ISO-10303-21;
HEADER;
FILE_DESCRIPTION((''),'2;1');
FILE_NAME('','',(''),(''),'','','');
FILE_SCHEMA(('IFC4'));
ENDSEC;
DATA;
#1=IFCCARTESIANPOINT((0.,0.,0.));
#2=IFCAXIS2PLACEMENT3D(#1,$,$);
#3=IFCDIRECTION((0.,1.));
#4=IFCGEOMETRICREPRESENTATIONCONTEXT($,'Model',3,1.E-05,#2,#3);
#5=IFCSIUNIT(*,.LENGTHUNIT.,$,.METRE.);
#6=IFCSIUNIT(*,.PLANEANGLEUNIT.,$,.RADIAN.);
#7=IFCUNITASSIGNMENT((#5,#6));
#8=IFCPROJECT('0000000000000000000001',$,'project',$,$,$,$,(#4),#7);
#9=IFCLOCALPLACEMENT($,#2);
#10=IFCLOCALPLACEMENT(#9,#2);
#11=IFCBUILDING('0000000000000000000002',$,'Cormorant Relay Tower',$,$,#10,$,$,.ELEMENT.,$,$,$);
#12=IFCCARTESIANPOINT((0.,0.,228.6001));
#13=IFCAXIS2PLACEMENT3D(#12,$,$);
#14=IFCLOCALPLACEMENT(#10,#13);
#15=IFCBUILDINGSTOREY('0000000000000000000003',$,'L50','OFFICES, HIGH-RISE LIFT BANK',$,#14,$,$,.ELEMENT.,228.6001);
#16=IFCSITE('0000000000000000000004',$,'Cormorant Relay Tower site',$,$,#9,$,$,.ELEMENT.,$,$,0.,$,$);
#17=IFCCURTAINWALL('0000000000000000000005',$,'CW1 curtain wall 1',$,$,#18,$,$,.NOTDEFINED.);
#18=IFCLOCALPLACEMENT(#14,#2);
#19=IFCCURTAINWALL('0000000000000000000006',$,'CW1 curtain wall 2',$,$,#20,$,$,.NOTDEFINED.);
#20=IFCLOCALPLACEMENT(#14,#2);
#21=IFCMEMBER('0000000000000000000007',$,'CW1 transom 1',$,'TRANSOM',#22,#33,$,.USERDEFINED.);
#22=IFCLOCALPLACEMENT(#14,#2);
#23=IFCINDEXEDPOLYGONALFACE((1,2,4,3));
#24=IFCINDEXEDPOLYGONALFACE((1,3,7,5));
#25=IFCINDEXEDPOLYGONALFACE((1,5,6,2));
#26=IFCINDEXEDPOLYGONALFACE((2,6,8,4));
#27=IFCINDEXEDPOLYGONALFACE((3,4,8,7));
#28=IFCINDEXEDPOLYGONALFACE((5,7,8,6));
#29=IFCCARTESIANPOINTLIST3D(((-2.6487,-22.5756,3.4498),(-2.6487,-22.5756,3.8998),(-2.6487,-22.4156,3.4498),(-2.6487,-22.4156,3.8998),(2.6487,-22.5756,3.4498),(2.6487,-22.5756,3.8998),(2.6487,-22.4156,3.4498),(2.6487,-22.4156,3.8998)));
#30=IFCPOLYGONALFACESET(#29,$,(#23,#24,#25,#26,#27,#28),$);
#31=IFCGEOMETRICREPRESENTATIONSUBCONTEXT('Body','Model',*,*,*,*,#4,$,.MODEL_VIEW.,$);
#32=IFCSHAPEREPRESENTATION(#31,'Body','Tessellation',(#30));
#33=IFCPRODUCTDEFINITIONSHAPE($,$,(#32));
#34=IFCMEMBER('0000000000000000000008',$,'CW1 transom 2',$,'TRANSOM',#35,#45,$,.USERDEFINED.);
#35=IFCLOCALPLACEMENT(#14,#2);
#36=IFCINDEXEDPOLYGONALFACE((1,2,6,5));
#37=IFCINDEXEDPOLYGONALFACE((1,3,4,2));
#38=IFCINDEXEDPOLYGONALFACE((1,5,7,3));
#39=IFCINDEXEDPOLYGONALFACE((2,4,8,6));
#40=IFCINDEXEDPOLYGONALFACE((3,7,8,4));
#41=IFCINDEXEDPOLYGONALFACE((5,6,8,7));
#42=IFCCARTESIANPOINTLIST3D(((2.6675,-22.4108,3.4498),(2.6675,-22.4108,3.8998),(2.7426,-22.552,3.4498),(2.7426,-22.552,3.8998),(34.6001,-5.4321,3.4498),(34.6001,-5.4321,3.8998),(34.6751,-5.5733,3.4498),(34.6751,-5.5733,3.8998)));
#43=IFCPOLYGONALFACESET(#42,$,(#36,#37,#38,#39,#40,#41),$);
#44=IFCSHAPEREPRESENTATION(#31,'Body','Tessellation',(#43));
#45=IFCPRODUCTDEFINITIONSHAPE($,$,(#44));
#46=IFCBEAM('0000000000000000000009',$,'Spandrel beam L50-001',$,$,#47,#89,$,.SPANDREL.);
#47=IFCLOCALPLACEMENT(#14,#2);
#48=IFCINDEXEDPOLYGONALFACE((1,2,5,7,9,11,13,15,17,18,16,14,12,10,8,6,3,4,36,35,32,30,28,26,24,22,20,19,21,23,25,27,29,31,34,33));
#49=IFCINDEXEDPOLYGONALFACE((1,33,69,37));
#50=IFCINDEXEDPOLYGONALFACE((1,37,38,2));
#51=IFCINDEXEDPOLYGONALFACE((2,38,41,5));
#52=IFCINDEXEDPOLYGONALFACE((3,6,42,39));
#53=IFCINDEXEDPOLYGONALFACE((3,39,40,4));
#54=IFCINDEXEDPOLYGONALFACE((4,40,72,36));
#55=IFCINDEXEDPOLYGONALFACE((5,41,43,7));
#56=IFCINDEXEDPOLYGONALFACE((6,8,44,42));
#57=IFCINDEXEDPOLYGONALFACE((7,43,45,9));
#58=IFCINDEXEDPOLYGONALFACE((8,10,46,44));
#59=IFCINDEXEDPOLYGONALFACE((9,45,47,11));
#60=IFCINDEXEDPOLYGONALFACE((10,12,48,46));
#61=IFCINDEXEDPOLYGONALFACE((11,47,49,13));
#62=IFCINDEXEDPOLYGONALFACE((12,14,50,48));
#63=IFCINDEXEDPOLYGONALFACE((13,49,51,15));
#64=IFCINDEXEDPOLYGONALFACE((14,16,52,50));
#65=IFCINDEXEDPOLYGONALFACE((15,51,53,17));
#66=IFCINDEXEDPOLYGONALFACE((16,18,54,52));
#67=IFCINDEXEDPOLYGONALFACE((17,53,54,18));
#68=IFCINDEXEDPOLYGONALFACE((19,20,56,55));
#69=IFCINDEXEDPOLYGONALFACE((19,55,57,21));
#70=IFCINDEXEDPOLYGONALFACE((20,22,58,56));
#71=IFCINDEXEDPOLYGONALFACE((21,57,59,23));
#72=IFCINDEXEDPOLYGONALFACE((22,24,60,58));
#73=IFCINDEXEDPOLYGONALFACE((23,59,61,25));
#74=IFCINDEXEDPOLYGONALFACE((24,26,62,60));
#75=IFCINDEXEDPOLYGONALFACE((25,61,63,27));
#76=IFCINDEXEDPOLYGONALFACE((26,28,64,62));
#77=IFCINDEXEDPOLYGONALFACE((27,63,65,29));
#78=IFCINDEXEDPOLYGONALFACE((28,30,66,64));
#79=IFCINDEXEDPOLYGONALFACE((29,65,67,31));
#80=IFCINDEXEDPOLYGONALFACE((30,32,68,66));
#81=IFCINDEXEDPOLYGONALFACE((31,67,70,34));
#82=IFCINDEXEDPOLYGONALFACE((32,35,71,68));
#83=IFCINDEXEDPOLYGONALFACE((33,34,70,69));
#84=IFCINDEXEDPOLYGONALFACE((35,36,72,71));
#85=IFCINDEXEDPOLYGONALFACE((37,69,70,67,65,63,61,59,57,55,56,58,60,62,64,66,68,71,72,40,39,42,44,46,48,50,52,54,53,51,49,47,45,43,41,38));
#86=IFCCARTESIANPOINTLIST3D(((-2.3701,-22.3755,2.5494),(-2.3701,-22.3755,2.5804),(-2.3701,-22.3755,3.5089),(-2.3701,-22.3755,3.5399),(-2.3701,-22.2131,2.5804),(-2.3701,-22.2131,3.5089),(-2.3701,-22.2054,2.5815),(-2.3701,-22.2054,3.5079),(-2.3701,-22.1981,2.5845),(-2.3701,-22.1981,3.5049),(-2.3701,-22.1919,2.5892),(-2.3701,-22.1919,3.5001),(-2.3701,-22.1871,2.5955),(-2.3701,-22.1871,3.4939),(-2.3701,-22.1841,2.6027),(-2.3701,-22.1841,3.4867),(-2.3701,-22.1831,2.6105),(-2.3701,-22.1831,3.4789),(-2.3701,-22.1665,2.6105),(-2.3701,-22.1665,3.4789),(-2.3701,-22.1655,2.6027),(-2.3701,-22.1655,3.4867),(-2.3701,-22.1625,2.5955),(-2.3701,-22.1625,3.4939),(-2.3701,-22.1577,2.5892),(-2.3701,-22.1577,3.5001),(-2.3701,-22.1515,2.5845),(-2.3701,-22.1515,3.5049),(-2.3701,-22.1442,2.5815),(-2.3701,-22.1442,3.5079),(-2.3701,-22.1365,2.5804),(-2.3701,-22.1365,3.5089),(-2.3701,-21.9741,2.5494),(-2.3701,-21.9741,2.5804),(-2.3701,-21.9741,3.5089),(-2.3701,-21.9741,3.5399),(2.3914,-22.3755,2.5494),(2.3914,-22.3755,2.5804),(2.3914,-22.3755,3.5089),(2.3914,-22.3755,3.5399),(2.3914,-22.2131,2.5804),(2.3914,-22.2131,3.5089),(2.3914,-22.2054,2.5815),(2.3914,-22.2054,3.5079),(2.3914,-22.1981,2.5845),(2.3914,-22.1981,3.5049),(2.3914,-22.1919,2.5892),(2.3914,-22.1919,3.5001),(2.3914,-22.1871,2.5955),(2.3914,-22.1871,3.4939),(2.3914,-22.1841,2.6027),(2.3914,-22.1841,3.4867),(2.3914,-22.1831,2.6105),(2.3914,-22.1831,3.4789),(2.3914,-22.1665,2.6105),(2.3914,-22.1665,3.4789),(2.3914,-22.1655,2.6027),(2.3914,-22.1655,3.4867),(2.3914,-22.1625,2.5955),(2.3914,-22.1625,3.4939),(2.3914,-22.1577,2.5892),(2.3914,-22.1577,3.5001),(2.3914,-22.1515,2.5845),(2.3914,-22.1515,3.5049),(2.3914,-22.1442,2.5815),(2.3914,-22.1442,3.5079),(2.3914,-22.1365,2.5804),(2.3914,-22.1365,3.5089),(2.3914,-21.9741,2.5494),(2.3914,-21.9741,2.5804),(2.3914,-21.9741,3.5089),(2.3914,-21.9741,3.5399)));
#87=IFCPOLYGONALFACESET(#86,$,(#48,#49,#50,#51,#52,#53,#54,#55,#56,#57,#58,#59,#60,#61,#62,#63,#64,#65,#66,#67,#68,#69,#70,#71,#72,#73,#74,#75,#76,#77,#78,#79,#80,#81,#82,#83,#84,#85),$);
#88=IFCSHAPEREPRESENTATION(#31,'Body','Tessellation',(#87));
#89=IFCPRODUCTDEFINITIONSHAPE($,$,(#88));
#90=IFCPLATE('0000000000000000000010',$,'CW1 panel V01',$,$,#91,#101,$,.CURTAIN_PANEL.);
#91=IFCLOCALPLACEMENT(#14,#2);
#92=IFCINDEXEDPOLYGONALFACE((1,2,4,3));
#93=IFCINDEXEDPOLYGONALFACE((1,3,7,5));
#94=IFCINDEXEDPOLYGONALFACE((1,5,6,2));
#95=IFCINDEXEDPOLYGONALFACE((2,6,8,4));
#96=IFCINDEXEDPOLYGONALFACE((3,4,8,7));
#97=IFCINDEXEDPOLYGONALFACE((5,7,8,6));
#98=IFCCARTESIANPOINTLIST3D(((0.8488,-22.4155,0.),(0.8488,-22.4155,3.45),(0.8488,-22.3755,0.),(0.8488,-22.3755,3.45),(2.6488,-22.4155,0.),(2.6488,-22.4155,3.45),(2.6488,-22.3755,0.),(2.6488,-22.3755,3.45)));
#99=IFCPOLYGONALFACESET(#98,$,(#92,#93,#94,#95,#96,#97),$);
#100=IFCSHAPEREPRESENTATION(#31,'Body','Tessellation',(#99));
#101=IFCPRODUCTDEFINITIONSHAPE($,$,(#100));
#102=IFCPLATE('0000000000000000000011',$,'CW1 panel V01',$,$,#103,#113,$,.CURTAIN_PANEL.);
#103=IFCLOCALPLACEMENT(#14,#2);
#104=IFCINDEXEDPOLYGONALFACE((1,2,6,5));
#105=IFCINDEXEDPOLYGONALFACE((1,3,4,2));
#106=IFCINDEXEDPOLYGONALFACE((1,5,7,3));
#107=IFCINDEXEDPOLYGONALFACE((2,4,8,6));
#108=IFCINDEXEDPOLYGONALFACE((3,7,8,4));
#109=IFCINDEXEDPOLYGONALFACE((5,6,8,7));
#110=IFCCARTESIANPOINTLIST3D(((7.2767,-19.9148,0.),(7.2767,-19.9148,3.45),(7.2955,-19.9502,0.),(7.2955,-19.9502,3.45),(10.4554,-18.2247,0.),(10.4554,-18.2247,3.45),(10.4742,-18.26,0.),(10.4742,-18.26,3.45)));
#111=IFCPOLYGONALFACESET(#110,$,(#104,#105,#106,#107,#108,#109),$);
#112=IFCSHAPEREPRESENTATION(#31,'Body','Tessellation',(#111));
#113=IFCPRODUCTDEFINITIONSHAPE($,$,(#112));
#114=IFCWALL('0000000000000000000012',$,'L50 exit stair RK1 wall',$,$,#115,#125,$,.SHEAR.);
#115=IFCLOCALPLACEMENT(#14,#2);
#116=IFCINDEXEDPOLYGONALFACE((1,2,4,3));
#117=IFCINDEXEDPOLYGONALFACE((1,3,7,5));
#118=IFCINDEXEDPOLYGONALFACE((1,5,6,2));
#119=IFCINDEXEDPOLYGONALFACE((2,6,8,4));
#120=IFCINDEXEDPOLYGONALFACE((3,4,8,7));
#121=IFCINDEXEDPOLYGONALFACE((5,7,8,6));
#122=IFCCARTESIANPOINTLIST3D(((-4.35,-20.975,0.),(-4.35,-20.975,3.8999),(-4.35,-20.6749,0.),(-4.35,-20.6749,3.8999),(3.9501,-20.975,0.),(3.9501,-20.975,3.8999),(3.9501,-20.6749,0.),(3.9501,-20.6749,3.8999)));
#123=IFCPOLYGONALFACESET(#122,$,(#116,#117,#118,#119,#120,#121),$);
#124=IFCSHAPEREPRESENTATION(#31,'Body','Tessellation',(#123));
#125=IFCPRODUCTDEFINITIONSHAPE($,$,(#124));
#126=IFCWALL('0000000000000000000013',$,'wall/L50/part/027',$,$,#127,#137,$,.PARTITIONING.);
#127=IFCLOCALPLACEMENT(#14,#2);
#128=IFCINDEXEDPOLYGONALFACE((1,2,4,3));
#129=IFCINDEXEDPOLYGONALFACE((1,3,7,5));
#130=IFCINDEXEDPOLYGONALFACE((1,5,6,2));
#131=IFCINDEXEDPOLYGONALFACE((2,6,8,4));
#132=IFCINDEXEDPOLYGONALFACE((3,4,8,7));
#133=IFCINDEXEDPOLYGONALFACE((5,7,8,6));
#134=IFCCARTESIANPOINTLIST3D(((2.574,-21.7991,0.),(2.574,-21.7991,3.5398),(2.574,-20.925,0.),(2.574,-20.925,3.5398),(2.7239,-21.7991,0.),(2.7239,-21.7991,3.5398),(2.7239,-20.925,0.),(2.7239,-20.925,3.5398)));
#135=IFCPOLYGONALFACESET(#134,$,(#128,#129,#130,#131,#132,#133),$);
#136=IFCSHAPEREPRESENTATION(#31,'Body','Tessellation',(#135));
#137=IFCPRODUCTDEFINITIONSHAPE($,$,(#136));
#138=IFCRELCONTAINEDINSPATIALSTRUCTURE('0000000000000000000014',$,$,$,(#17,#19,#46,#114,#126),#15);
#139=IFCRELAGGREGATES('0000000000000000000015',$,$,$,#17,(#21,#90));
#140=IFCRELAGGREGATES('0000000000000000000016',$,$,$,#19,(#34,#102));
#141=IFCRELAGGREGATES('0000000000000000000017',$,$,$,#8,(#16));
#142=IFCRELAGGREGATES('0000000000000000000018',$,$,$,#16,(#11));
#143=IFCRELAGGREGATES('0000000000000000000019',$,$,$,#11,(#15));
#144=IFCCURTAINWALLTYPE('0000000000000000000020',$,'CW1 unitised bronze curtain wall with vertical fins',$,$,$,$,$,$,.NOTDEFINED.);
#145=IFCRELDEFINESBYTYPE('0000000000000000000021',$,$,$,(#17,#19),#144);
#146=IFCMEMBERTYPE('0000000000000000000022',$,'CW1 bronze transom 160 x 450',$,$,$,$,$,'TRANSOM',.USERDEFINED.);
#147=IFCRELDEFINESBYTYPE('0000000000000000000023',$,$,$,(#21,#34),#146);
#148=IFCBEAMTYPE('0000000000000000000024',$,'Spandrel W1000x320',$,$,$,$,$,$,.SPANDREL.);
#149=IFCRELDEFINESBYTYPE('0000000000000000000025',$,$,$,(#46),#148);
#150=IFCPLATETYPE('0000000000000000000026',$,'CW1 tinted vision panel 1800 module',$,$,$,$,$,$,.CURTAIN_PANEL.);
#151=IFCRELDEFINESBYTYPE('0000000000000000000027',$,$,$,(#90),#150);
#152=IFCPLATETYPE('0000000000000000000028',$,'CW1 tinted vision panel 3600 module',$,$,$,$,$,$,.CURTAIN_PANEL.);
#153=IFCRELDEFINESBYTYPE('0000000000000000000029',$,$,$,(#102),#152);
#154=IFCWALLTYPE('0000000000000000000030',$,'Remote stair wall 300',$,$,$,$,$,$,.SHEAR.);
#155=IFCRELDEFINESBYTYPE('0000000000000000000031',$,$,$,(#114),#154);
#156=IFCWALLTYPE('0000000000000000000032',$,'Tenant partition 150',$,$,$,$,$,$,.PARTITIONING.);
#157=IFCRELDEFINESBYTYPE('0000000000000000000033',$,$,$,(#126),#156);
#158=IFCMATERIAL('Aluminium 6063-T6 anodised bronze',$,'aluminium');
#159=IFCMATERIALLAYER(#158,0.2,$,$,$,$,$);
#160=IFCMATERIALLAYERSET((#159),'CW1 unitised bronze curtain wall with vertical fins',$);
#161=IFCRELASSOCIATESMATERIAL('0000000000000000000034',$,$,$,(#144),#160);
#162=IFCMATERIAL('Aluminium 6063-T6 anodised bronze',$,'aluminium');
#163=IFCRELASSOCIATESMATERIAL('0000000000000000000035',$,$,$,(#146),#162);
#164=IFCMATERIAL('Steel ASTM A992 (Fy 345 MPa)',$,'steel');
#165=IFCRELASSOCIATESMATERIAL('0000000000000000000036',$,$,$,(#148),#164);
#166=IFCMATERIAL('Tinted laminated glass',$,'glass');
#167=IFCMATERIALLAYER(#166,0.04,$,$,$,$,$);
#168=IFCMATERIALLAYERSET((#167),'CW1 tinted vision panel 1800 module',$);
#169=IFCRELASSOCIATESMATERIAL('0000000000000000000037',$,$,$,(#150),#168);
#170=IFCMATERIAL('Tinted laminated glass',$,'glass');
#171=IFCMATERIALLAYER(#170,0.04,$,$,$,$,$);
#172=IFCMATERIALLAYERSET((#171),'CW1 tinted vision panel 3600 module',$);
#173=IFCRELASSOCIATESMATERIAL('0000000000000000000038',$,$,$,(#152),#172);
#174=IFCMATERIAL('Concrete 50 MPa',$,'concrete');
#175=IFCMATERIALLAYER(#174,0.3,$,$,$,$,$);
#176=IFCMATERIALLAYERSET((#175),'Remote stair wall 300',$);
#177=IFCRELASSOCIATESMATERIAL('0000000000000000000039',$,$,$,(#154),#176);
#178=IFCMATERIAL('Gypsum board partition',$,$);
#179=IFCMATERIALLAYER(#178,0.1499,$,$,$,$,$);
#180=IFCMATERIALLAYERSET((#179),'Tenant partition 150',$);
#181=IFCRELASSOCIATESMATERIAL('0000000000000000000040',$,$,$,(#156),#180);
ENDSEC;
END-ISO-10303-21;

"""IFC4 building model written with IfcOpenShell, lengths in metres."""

from ifc_helpers import new_model, si_unit, direction, frame, frame_2d, origin, origin_2d, place, context, subcontext, project, spatial, rectangle, i_section, extrude, material, layer, layer_set, material_profile, profile_set, type_object, element, aggregate, save


model = new_model("IFC4")

# Units and contexts
model_context = context("Model", 3, precision=1e-05, world=origin(), true_north=direction((0.0, 1.0)))
body_context = subcontext(model_context, "Body", "Model", "MODEL_VIEW")
ifc_project = project(units=[si_unit("LENGTHUNIT", "METRE"), si_unit("PLANEANGLEUNIT", "RADIAN")], contexts=[model_context])

# Site, building, storey
site_placement = place(None, origin())
site = spatial("IfcSite", under=ifc_project, at=site_placement, Name="Cormorant Relay Tower site", CompositionType="ELEMENT", RefElevation=0.0)
building_placement = place(site_placement, origin())
building = spatial("IfcBuilding", under=site, at=building_placement, Name="Cormorant Relay Tower", CompositionType="ELEMENT")
storey_placement = place(building_placement, frame((0.0, 0.0, 228.6001)))
storey = spatial("IfcBuildingStorey", under=building, at=storey_placement, Name="L50", Description="OFFICES, HIGH-RISE LIFT BANK", CompositionType="ELEMENT", Elevation=228.6001)

# Curtain wall
ifc_material_1 = material(Name="Aluminium 6063-T6 anodised bronze", Category="aluminium")
ifc_layer_1 = layer(ifc_material_1, 0.2)
ifc_layer_set_1 = layer_set([ifc_layer_1], Name="CW1 unitised bronze curtain wall with vertical fins")
curtain_wall_type = type_object("IfcCurtainWallType", Name="CW1 unitised bronze curtain wall with vertical fins", PredefinedType="NOTDEFINED", material=ifc_layer_set_1)
curtain_wall_1_placement = place(storey_placement, origin())
curtain_wall_1 = element("IfcCurtainWall", 1, at=curtain_wall_1_placement, inside=storey, type_object=curtain_wall_type, Name="CW1 curtain wall 1", PredefinedType="NOTDEFINED")

# Curtain wall
curtain_wall_2_placement = place(storey_placement, origin())
curtain_wall_2 = element("IfcCurtainWall", 2, at=curtain_wall_2_placement, inside=storey, type_object=curtain_wall_type, Name="CW1 curtain wall 2", PredefinedType="NOTDEFINED")

# Members
ifc_material_2 = material(Name="Aluminium 6063-T6 anodised bronze", Category="aluminium")
ifc_material_profile_1 = material_profile(ifc_material_2, rectangle(XDim=0.1599, YDim=0.45, at=origin_2d()), Name="AL 160x450")
ifc_profile_set_1 = profile_set([ifc_material_profile_1], Name="Aluminium 6063-T6 anodised bronze")
member_type_1 = type_object("IfcMemberType", Name="CW1 bronze transom 160 x 450", ElementType="TRANSOM", PredefinedType="USERDEFINED", material=ifc_profile_set_1)
member_1_placement = place(storey_placement, frame((-2.6487, -22.4956, 3.6748), z_axis=(1.0, 0.0, 0.0), x_axis=(0.0, 1.0, 0.0)))
member_1 = element("IfcMember", 3, at=member_1_placement, type_object=member_type_1, Name="CW1 transom 1", ObjectType="TRANSOM", PredefinedType="USERDEFINED", context=body_context, shape_type="SweptSolid", body=[
    extrude(rectangle(XDim=0.1599, YDim=0.45, at=origin_2d()), origin(), (0.0, 0.0, 1.0), 5.2974),
])
member_2_placement = place(storey_placement, frame((2.7051, -22.4814, 3.6748), z_axis=(0.882949, 0.469469, 0.0), x_axis=(-0.469469, 0.882949, 0.0)))
member_2 = element("IfcMember", 4, at=member_2_placement, type_object=member_type_1, Name="CW1 transom 2", ObjectType="TRANSOM", PredefinedType="USERDEFINED", context=body_context, shape_type="SweptSolid", body=[
    extrude(rectangle(XDim=0.1599, YDim=0.45, at=origin_2d()), origin(), (0.0, 0.0, 1.0), 36.1658),
])

# Beam
ifc_material_3 = material(Name="Steel ASTM A992 (Fy 345 MPa)", Category="steel")
ifc_material_profile_2 = material_profile(ifc_material_3, i_section(OverallWidth=0.4014, OverallDepth=0.9905, WebThickness=0.0166, FlangeThickness=0.031, FilletRadius=0.03, at=origin_2d()), Name="W1000x320")
ifc_profile_set_2 = profile_set([ifc_material_profile_2], Name="Steel ASTM A992 (Fy 345 MPa)")
beam_type = type_object("IfcBeamType", Name="Spandrel W1000x320", PredefinedType="SPANDREL", material=ifc_profile_set_2)
beam_placement = place(storey_placement, frame((-2.3701, -22.1748, 3.0447), z_axis=(1.0, 0.0, 0.0), x_axis=(0.0, 1.0, 0.0)))
element("IfcBeam", 5, at=beam_placement, inside=storey, type_object=beam_type, Name="Spandrel beam L50-001", PredefinedType="SPANDREL", context=body_context, shape_type="SweptSolid", body=[
    extrude(i_section(OverallWidth=0.4014, OverallDepth=0.9905, WebThickness=0.0166, FlangeThickness=0.031, FilletRadius=0.03, at=origin_2d()), origin(), (0.0, 0.0, 1.0), 4.7615),
])

# Plates
ifc_material_4 = material(Name="Tinted laminated glass", Category="glass")
ifc_layer_2 = layer(ifc_material_4, 0.04)
ifc_layer_set_2 = layer_set([ifc_layer_2], Name="CW1 tinted vision panel 1800 module")
plate_type_1 = type_object("IfcPlateType", Name="CW1 tinted vision panel 1800 module", PredefinedType="CURTAIN_PANEL", material=ifc_layer_set_2)
plate_1_placement = place(storey_placement, frame((1.7488, -22.3955, 0.0), z_axis=(0.0, 0.0, 1.0), x_axis=(1.0, 0.0, 0.0)))
plate_1 = element("IfcPlate", 6, at=plate_1_placement, type_object=plate_type_1, Name="CW1 panel V01", PredefinedType="CURTAIN_PANEL", context=body_context, shape_type="SweptSolid", body=[
    extrude(rectangle(XDim=1.8, YDim=0.04, at=origin_2d()), origin(), (0.0, 0.0, 1.0), 3.45),
])
ifc_material_5 = material(Name="Tinted laminated glass", Category="glass")
ifc_layer_3 = layer(ifc_material_5, 0.04)
ifc_layer_set_3 = layer_set([ifc_layer_3], Name="CW1 tinted vision panel 3600 module")
plate_type_2 = type_object("IfcPlateType", Name="CW1 tinted vision panel 3600 module", PredefinedType="CURTAIN_PANEL", material=ifc_layer_set_3)
plate_2_placement = place(storey_placement, frame((8.8755, -19.0874, 0.0), z_axis=(0.0, 0.0, 1.0), x_axis=(0.882948, 0.469472, 0.0)))
plate_2 = element("IfcPlate", 7, at=plate_2_placement, type_object=plate_type_2, Name="CW1 panel V01", PredefinedType="CURTAIN_PANEL", context=body_context, shape_type="SweptSolid", body=[
    extrude(rectangle(XDim=3.6001, YDim=0.04, at=origin_2d()), origin(), (0.0, 0.0, 1.0), 3.45),
])

# Walls
ifc_material_6 = material(Name="Concrete 50 MPa", Category="concrete")
ifc_layer_4 = layer(ifc_material_6, 0.3)
ifc_layer_set_4 = layer_set([ifc_layer_4], Name="Remote stair wall 300")
wall_type_1 = type_object("IfcWallType", Name="Remote stair wall 300", PredefinedType="SHEAR", material=ifc_layer_set_4)
wall_1_placement = place(storey_placement, frame((3.95, -20.825, 0.0), z_axis=(0.0, 0.0, 1.0), x_axis=(-1.0, 0.0, 0.0)))
element("IfcWall", 8, at=wall_1_placement, inside=storey, type_object=wall_type_1, Name="L50 exit stair RK1 wall", PredefinedType="SHEAR", context=body_context, shape_type="SweptSolid", body=[
    extrude(rectangle(XDim=8.3, YDim=0.3, at=frame_2d((4.1499, 0.0))), origin(), (0.0, 0.0, 1.0), 3.8999),
])
ifc_material_7 = material(Name="Gypsum board partition")
ifc_layer_5 = layer(ifc_material_7, 0.1499)
ifc_layer_set_5 = layer_set([ifc_layer_5], Name="Tenant partition 150")
wall_type_2 = type_object("IfcWallType", Name="Tenant partition 150", PredefinedType="PARTITIONING", material=ifc_layer_set_5)
wall_2_placement = place(storey_placement, frame((2.6489, -21.7991, 0.0), z_axis=(0.0, 0.0, 1.0), x_axis=(0.0, 1.0, 0.0)))
element("IfcWall", 9, at=wall_2_placement, inside=storey, type_object=wall_type_2, Name="wall/L50/part/027", PredefinedType="PARTITIONING", context=body_context, shape_type="SweptSolid", body=[
    extrude(rectangle(XDim=0.874, YDim=0.1499, at=frame_2d((0.437, 0.0))), origin(), (0.0, 0.0, 1.0), 3.5398),
])

aggregate(curtain_wall_1, [member_1, plate_1])
aggregate(curtain_wall_2, [member_2, plate_2])

save(model, "model.ifc")
